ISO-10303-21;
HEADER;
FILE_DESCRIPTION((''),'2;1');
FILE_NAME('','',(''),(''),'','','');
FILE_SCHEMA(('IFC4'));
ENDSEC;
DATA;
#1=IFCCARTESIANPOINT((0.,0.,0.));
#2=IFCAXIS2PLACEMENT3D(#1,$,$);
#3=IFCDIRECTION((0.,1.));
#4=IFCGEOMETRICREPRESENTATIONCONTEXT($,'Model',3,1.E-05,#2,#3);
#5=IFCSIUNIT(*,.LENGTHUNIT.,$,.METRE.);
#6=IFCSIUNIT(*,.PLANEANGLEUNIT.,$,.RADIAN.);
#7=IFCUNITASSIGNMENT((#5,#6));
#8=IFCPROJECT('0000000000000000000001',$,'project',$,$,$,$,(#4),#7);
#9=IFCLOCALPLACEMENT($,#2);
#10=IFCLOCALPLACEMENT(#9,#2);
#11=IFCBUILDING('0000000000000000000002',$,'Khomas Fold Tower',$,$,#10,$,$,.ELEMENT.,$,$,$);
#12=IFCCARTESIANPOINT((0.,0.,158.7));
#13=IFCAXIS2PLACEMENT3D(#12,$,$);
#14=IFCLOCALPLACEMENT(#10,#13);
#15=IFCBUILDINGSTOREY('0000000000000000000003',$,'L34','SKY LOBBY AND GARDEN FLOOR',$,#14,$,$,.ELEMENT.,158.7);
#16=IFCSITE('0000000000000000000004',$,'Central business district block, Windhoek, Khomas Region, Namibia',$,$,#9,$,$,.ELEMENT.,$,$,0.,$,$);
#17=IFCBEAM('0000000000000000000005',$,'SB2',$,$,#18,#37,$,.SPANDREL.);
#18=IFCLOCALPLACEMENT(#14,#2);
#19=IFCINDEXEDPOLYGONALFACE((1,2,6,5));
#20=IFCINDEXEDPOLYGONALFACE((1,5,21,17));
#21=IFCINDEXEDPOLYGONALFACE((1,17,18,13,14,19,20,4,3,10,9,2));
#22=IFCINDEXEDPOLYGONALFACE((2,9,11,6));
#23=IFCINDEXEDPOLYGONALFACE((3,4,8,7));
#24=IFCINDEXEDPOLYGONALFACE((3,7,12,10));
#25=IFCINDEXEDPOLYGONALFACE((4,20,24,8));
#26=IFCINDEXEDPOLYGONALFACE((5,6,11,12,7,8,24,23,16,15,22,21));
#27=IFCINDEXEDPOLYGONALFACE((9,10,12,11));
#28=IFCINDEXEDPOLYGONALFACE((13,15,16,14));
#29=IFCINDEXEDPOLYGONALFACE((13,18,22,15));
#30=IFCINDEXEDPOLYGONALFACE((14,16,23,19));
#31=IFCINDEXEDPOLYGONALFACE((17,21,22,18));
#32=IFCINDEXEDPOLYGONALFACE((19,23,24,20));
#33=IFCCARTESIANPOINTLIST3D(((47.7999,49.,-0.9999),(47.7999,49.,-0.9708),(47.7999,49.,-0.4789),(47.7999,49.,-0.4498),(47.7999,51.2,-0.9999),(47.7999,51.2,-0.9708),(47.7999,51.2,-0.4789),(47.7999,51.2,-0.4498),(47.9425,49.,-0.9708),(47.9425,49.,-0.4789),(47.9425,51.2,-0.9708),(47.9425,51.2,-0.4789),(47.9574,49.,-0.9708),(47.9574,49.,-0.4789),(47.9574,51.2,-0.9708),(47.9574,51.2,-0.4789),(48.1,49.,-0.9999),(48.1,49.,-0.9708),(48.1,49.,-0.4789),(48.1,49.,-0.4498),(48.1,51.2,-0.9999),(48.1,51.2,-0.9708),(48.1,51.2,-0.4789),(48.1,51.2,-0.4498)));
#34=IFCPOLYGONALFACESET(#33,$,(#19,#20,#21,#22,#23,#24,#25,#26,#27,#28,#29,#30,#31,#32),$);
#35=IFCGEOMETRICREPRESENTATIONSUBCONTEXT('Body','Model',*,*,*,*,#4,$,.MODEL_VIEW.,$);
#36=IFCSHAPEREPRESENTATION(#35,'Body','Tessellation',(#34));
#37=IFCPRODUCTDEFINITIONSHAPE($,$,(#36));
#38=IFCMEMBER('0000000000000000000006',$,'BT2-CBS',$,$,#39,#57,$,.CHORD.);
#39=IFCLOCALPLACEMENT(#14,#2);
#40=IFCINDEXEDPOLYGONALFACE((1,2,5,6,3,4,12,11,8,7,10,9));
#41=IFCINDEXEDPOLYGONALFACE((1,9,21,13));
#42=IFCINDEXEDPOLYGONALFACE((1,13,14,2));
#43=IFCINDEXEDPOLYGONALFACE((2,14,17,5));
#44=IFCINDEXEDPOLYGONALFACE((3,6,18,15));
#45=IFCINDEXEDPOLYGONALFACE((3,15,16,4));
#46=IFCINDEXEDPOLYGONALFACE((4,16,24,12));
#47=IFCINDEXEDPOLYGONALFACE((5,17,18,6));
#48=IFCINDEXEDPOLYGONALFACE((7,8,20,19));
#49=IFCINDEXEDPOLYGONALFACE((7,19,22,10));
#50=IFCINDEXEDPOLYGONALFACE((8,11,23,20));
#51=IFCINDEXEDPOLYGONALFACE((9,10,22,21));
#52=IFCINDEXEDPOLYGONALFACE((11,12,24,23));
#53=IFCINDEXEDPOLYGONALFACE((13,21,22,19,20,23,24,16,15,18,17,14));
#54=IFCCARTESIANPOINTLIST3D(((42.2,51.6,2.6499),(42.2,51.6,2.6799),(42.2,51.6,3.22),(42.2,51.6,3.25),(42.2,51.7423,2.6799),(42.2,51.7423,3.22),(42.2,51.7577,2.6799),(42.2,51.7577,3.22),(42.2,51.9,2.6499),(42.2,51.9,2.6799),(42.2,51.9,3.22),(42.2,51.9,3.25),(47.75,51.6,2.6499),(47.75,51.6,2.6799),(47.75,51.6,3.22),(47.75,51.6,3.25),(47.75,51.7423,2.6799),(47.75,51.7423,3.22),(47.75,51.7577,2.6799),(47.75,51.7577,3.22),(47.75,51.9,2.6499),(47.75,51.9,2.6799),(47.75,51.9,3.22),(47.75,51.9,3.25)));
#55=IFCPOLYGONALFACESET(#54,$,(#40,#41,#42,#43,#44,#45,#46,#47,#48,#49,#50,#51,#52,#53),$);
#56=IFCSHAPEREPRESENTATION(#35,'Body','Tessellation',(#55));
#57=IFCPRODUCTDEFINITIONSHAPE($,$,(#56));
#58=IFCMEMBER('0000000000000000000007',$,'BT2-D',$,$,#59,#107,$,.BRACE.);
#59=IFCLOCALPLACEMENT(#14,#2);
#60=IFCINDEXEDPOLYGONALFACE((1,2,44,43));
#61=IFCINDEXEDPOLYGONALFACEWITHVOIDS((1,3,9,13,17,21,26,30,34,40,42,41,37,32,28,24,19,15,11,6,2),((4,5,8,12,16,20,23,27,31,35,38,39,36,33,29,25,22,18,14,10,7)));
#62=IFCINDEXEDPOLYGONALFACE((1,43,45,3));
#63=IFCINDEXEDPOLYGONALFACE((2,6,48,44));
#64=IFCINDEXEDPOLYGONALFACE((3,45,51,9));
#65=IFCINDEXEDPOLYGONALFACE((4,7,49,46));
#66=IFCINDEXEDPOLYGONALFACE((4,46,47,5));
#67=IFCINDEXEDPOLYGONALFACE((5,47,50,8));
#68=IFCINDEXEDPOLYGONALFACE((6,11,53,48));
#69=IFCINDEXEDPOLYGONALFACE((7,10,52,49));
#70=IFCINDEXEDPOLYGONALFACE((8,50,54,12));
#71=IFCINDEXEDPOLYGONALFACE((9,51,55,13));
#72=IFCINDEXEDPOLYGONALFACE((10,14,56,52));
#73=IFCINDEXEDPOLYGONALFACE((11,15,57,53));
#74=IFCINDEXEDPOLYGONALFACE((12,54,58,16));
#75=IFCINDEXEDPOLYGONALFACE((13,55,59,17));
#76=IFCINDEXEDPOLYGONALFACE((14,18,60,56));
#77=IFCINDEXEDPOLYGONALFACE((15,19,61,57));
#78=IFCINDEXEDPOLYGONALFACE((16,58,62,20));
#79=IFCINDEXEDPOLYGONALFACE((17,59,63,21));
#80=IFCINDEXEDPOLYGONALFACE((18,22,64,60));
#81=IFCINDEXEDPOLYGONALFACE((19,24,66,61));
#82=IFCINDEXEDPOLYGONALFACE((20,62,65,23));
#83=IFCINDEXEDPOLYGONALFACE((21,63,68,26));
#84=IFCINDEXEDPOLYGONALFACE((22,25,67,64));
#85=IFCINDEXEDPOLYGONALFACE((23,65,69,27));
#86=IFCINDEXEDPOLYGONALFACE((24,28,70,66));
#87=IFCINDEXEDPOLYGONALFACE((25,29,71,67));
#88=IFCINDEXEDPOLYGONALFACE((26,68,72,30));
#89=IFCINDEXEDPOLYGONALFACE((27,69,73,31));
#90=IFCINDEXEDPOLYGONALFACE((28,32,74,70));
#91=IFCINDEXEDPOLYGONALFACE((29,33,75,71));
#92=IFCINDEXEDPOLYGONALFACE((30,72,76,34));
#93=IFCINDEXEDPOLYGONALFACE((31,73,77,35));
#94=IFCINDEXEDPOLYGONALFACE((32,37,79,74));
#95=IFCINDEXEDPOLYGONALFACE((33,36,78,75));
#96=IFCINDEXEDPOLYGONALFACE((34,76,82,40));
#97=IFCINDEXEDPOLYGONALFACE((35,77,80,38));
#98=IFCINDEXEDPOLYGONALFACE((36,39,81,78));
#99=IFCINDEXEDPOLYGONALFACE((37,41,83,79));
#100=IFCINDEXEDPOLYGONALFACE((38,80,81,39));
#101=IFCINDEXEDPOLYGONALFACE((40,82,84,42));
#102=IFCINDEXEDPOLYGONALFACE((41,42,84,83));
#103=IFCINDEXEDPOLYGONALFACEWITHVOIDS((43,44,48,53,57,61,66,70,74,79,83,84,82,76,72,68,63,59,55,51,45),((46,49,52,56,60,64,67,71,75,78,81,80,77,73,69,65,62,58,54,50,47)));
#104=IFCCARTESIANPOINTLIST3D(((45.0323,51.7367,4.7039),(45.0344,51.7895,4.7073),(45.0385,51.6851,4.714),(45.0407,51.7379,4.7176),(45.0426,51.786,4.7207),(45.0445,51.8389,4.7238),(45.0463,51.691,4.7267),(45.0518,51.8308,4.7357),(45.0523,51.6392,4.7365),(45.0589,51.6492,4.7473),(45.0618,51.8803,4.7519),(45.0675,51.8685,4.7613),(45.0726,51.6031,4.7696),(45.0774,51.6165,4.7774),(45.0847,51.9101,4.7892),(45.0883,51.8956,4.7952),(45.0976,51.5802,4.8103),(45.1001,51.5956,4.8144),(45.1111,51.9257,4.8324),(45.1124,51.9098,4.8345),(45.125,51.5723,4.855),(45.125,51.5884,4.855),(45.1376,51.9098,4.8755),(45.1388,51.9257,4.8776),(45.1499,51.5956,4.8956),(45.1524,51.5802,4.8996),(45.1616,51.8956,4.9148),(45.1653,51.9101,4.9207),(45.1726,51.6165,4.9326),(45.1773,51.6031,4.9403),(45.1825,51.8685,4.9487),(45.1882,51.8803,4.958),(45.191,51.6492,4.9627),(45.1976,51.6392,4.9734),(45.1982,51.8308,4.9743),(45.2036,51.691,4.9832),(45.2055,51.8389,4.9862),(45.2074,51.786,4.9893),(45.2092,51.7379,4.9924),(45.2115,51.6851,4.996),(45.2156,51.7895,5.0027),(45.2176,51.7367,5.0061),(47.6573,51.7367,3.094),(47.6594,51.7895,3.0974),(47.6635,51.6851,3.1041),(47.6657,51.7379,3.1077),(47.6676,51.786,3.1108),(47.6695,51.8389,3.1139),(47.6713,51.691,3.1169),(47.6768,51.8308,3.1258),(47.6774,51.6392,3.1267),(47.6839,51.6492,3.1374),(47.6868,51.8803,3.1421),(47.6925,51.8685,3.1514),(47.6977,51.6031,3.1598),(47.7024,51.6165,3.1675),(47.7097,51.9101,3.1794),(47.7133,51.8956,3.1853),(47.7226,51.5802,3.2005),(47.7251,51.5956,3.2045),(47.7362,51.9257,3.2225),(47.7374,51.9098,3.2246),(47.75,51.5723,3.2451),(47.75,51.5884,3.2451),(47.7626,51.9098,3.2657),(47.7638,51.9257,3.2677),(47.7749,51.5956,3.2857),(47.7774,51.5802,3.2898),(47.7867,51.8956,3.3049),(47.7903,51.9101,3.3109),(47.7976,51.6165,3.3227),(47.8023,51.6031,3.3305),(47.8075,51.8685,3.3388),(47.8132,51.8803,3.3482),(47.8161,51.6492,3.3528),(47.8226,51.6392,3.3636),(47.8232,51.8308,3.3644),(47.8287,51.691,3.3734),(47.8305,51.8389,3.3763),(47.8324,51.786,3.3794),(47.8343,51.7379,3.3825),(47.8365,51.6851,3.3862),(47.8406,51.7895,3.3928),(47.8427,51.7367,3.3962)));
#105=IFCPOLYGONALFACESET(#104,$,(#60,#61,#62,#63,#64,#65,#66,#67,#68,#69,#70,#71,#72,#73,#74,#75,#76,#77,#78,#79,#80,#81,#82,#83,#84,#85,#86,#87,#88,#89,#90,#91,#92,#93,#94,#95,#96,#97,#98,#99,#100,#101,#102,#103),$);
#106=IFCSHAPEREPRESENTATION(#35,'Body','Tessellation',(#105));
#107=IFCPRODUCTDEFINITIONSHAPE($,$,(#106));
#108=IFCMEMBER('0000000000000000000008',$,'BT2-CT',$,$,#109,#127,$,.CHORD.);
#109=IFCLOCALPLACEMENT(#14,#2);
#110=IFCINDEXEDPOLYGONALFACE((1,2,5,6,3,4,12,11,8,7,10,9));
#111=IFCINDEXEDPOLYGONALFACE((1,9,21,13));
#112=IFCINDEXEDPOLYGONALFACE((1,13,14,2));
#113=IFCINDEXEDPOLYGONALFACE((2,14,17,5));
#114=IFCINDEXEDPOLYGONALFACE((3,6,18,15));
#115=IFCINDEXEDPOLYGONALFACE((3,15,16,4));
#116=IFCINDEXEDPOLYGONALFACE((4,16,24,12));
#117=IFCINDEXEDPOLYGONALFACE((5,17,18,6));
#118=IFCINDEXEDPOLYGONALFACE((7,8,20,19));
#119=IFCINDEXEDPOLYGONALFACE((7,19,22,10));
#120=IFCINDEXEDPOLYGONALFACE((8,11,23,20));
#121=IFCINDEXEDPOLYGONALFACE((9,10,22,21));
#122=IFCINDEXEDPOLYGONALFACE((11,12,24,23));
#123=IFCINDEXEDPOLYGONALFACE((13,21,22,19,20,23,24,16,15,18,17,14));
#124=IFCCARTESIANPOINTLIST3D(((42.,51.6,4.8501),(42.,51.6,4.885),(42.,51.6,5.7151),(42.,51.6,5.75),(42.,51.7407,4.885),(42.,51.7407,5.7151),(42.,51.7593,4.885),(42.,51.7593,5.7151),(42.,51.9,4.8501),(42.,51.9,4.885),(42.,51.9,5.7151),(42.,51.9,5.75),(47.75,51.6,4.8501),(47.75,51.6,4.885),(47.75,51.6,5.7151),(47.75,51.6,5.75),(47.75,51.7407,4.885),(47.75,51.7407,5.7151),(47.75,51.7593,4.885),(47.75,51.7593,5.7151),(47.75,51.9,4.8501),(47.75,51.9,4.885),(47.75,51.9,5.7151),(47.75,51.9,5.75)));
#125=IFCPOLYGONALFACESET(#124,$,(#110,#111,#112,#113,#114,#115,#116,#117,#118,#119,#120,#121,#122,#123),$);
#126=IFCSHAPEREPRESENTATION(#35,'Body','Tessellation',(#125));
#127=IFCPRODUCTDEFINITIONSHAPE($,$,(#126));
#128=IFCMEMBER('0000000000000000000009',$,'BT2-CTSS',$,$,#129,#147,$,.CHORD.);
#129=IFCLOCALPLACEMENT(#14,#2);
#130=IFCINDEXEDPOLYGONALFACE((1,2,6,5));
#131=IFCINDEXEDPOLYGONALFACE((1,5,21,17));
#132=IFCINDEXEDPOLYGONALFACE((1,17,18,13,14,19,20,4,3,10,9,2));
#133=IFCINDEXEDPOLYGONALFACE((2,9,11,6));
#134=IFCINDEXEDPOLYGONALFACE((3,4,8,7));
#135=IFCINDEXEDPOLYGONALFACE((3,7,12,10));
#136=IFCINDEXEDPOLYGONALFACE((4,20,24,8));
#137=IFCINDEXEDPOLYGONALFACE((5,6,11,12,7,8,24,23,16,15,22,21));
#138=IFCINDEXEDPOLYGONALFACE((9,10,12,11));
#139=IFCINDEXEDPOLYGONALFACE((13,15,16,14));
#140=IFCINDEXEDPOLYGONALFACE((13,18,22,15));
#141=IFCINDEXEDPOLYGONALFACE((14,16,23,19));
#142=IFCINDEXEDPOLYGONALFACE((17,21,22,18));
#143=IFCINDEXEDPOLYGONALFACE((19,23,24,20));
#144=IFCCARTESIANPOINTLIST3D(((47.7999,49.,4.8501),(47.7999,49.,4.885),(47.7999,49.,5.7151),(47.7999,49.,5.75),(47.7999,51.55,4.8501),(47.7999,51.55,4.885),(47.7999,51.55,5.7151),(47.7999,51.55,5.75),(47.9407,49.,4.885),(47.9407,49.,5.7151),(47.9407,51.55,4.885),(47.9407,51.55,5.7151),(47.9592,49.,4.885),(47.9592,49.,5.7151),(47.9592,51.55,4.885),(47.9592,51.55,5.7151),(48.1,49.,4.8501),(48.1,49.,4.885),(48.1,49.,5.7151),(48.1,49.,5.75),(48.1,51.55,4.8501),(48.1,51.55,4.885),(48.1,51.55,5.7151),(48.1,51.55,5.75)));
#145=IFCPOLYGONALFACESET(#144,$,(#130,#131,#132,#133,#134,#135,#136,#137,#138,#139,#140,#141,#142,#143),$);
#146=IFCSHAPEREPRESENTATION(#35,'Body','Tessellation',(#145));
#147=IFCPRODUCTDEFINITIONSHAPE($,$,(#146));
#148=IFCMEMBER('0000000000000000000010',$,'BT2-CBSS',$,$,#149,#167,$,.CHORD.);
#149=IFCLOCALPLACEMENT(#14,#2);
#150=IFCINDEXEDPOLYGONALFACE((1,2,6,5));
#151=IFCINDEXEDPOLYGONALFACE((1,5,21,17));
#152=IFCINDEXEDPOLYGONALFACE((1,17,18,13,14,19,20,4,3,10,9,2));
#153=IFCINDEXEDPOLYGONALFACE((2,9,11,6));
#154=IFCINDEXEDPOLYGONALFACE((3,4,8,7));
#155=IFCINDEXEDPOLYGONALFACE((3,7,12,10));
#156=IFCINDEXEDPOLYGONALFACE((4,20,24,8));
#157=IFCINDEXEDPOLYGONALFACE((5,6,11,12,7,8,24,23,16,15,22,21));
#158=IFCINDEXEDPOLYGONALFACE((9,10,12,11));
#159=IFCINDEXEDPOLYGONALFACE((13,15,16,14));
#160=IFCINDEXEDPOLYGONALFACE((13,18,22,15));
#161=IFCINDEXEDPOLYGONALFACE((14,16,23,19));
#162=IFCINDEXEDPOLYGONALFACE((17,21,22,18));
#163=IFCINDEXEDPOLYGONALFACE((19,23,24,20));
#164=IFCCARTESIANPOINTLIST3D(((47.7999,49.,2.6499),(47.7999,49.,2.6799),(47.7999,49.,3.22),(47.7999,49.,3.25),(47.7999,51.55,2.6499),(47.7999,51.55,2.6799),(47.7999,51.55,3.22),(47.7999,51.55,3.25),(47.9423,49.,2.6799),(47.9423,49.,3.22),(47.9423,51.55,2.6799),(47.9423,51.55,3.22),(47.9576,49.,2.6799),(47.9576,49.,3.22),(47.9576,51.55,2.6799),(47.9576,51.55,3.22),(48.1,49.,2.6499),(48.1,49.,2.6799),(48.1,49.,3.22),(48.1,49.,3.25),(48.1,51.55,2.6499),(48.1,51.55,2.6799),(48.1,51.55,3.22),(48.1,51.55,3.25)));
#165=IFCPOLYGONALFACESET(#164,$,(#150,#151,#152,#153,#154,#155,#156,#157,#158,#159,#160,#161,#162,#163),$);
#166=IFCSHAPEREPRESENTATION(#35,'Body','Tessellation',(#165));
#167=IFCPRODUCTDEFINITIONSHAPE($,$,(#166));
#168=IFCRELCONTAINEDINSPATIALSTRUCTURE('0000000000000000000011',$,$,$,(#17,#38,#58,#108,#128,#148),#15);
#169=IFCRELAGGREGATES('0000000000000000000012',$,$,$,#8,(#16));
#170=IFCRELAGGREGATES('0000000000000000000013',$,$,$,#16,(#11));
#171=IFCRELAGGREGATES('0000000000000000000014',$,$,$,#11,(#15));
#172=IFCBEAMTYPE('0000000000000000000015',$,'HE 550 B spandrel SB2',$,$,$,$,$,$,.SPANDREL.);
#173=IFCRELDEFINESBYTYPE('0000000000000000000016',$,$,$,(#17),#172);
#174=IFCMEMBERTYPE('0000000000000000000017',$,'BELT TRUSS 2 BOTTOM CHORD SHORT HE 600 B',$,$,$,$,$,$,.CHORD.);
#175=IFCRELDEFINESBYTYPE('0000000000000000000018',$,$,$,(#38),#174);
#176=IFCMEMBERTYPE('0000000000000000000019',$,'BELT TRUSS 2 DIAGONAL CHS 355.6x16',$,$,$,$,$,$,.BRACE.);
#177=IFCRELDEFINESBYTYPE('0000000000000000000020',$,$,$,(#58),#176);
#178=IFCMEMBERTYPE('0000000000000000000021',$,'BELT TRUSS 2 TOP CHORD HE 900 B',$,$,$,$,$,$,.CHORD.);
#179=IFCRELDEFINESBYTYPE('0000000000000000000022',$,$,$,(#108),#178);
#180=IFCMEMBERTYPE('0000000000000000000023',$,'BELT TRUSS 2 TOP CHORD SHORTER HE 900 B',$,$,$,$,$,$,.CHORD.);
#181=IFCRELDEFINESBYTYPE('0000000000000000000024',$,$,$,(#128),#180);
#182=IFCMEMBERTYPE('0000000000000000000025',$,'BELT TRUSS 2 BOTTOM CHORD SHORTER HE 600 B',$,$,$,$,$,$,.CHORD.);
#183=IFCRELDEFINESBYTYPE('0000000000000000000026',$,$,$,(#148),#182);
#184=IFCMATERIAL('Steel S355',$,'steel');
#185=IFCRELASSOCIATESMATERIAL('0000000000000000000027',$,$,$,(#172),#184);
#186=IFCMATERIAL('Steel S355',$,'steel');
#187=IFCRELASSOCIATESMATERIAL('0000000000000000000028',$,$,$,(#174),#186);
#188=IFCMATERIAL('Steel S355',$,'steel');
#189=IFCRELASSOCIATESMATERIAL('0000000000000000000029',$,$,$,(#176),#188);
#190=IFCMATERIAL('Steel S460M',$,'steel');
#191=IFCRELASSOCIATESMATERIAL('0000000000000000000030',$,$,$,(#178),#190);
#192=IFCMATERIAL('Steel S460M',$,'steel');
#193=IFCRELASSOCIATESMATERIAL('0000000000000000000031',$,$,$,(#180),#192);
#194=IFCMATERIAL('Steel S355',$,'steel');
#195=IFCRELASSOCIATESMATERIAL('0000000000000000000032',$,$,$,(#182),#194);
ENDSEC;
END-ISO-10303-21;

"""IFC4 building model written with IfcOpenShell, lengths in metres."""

from ifc_helpers import new_model, si_unit, direction, frame, origin, origin_2d, place, context, subcontext, project, spatial, hollow_circle, i_section, extrude, source, transform, mapped, material, material_profile, profile_set, type_object, element, save


model = new_model("IFC4")

# Units and contexts
model_context = context("Model", 3, precision=1e-05, world=origin(), true_north=direction((0.0, 1.0)))
body_context = subcontext(model_context, "Body", "Model", "MODEL_VIEW")
ifc_project = project(units=[si_unit("LENGTHUNIT", "METRE"), si_unit("PLANEANGLEUNIT", "RADIAN")], contexts=[model_context])

# Site, building, storey
site_placement = place(None, origin())
site = spatial("IfcSite", under=ifc_project, at=site_placement, Name="Central business district block, Windhoek, Khomas Region, Namibia", CompositionType="ELEMENT", RefElevation=0.0)
building_placement = place(site_placement, origin())
building = spatial("IfcBuilding", under=site, at=building_placement, Name="Khomas Fold Tower", CompositionType="ELEMENT")
storey_placement = place(building_placement, frame((0.0, 0.0, 158.7)))
storey = spatial("IfcBuildingStorey", under=building, at=storey_placement, Name="L34", Description="SKY LOBBY AND GARDEN FLOOR", CompositionType="ELEMENT", Elevation=158.7)

# Beam
ifc_material_1 = material(Name="Steel S355", Category="steel")
ifc_material_profile_1 = material_profile(ifc_material_1, i_section(OverallWidth=0.3, OverallDepth=0.55, WebThickness=0.0149, FlangeThickness=0.0291, at=origin_2d()), Name="HE 550 B")
ifc_profile_set_1 = profile_set([ifc_material_profile_1], Name="Steel S355")
beam_type_1 = type_object("IfcBeamType", Name="HE 550 B spandrel SB2", PredefinedType="SPANDREL", material=ifc_profile_set_1)
shared_shape_1 = source(origin(), body_context, "Body", "SweptSolid", [
    extrude(i_section(OverallWidth=0.3, OverallDepth=0.55, WebThickness=0.0149, FlangeThickness=0.0291, at=origin_2d()), origin(), (0.0, 0.0, 1.0), 2.2),
])
beam_1_placement = place(storey_placement, frame((47.95, 49.0, -0.7249), z_axis=(0.0, 1.0, 0.0), x_axis=(-1.0, 0.0, 0.0)))
element("IfcBeam", 1, at=beam_1_placement, inside=storey, type_object=beam_type_1, Name="SB2", PredefinedType="SPANDREL", context=body_context, shape_type="MappedRepresentation", body=[
    mapped(shared_shape_1, transform((0.0, 0.0, 0.0))),
])

# Members
ifc_material_2 = material(Name="Steel S355", Category="steel")
ifc_material_profile_2 = material_profile(ifc_material_2, i_section(OverallWidth=0.3, OverallDepth=0.6001, WebThickness=0.0154, FlangeThickness=0.03, at=origin_2d()), Name="HE 600 B")
ifc_profile_set_2 = profile_set([ifc_material_profile_2], Name="Steel S355")
member_type_1 = type_object("IfcMemberType", Name="BELT TRUSS 2 BOTTOM CHORD SHORT HE 600 B", PredefinedType="CHORD", material=ifc_profile_set_2)
shared_shape_2 = source(origin(), body_context, "Body", "SweptSolid", [
    extrude(i_section(OverallWidth=0.3, OverallDepth=0.6001, WebThickness=0.0154, FlangeThickness=0.03, at=origin_2d()), origin(), (0.0, 0.0, 1.0), 5.55),
])
member_1_placement = place(storey_placement, frame((47.75, 51.75, 2.95), z_axis=(-1.0, 0.0, 0.0), x_axis=(0.0, -1.0, 0.0)))
element("IfcMember", 2, at=member_1_placement, inside=storey, type_object=member_type_1, Name="BT2-CBS", PredefinedType="CHORD", context=body_context, shape_type="MappedRepresentation", body=[
    mapped(shared_shape_2, transform((0.0, 0.0, 0.0))),
])
ifc_material_3 = material(Name="Steel S355", Category="steel")
ifc_material_profile_3 = material_profile(ifc_material_3, hollow_circle(Radius=0.1777, WallThickness=0.0161, at=origin_2d()), Name="CHS 355.6x16")
ifc_profile_set_3 = profile_set([ifc_material_profile_3], Name="Steel S355")
member_type_2 = type_object("IfcMemberType", Name="BELT TRUSS 2 DIAGONAL CHS 355.6x16", PredefinedType="BRACE", material=ifc_profile_set_3)
shared_shape_3 = source(origin(), body_context, "Body", "SweptSolid", [
    extrude(hollow_circle(Radius=0.1777, WallThickness=0.0161, at=origin_2d()), origin(), (0.0, 0.0, 1.0), 3.0793),
])
member_2_placement = place(storey_placement, frame((47.75, 51.75, 3.2451), z_axis=(-0.852458, 0.0, 0.522796), x_axis=(0.0, -1.0, 0.0)))
element("IfcMember", 3, at=member_2_placement, inside=storey, type_object=member_type_2, Name="BT2-D", PredefinedType="BRACE", context=body_context, shape_type="MappedRepresentation", body=[
    mapped(shared_shape_3, transform((0.0, 0.0, 0.0))),
])
ifc_material_4 = material(Name="Steel S460M", Category="steel")
ifc_material_profile_4 = material_profile(ifc_material_4, i_section(OverallWidth=0.3, OverallDepth=0.8999, WebThickness=0.0186, FlangeThickness=0.0349, at=origin_2d()), Name="HE 900 B")
ifc_profile_set_4 = profile_set([ifc_material_profile_4], Name="Steel S460M")
member_type_3 = type_object("IfcMemberType", Name="BELT TRUSS 2 TOP CHORD HE 900 B", PredefinedType="CHORD", material=ifc_profile_set_4)
shared_shape_4 = source(origin(), body_context, "Body", "SweptSolid", [
    extrude(i_section(OverallWidth=0.3, OverallDepth=0.8999, WebThickness=0.0186, FlangeThickness=0.0349, at=origin_2d()), origin(), (0.0, 0.0, 1.0), 5.75),
])
member_3_placement = place(storey_placement, frame((47.75, 51.75, 5.3), z_axis=(-1.0, 0.0, 0.0), x_axis=(0.0, -1.0, 0.0)))
element("IfcMember", 4, at=member_3_placement, inside=storey, type_object=member_type_3, Name="BT2-CT", PredefinedType="CHORD", context=body_context, shape_type="MappedRepresentation", body=[
    mapped(shared_shape_4, transform((0.0, 0.0, 0.0))),
])
ifc_material_5 = material(Name="Steel S460M", Category="steel")
ifc_material_profile_5 = material_profile(ifc_material_5, i_section(OverallWidth=0.3, OverallDepth=0.8999, WebThickness=0.0186, FlangeThickness=0.0349, at=origin_2d()), Name="HE 900 B")
ifc_profile_set_5 = profile_set([ifc_material_profile_5], Name="Steel S460M")
member_type_4 = type_object("IfcMemberType", Name="BELT TRUSS 2 TOP CHORD SHORTER HE 900 B", PredefinedType="CHORD", material=ifc_profile_set_5)
shared_shape_5 = source(origin(), body_context, "Body", "SweptSolid", [
    extrude(i_section(OverallWidth=0.3, OverallDepth=0.8999, WebThickness=0.0186, FlangeThickness=0.0349, at=origin_2d()), origin(), (0.0, 0.0, 1.0), 2.55),
])
member_4_placement = place(storey_placement, frame((47.95, 51.55, 5.3), z_axis=(0.0, -1.0, 0.0), x_axis=(1.0, 0.0, 0.0)))
element("IfcMember", 5, at=member_4_placement, inside=storey, type_object=member_type_4, Name="BT2-CTSS", PredefinedType="CHORD", context=body_context, shape_type="MappedRepresentation", body=[
    mapped(shared_shape_5, transform((0.0, 0.0, 0.0))),
])
ifc_material_6 = material(Name="Steel S355", Category="steel")
ifc_material_profile_6 = material_profile(ifc_material_6, i_section(OverallWidth=0.3, OverallDepth=0.6001, WebThickness=0.0154, FlangeThickness=0.03, at=origin_2d()), Name="HE 600 B")
ifc_profile_set_6 = profile_set([ifc_material_profile_6], Name="Steel S355")
member_type_5 = type_object("IfcMemberType", Name="BELT TRUSS 2 BOTTOM CHORD SHORTER HE 600 B", PredefinedType="CHORD", material=ifc_profile_set_6)
shared_shape_6 = source(origin(), body_context, "Body", "SweptSolid", [
    extrude(i_section(OverallWidth=0.3, OverallDepth=0.6001, WebThickness=0.0154, FlangeThickness=0.03, at=origin_2d()), origin(), (0.0, 0.0, 1.0), 2.55),
])
member_5_placement = place(storey_placement, frame((47.95, 51.55, 2.95), z_axis=(0.0, -1.0, 0.0), x_axis=(1.0, 0.0, 0.0)))
element("IfcMember", 6, at=member_5_placement, inside=storey, type_object=member_type_5, Name="BT2-CBSS", PredefinedType="CHORD", context=body_context, shape_type="MappedRepresentation", body=[
    mapped(shared_shape_6, transform((0.0, 0.0, 0.0))),
])

save(model, "model.ifc")
